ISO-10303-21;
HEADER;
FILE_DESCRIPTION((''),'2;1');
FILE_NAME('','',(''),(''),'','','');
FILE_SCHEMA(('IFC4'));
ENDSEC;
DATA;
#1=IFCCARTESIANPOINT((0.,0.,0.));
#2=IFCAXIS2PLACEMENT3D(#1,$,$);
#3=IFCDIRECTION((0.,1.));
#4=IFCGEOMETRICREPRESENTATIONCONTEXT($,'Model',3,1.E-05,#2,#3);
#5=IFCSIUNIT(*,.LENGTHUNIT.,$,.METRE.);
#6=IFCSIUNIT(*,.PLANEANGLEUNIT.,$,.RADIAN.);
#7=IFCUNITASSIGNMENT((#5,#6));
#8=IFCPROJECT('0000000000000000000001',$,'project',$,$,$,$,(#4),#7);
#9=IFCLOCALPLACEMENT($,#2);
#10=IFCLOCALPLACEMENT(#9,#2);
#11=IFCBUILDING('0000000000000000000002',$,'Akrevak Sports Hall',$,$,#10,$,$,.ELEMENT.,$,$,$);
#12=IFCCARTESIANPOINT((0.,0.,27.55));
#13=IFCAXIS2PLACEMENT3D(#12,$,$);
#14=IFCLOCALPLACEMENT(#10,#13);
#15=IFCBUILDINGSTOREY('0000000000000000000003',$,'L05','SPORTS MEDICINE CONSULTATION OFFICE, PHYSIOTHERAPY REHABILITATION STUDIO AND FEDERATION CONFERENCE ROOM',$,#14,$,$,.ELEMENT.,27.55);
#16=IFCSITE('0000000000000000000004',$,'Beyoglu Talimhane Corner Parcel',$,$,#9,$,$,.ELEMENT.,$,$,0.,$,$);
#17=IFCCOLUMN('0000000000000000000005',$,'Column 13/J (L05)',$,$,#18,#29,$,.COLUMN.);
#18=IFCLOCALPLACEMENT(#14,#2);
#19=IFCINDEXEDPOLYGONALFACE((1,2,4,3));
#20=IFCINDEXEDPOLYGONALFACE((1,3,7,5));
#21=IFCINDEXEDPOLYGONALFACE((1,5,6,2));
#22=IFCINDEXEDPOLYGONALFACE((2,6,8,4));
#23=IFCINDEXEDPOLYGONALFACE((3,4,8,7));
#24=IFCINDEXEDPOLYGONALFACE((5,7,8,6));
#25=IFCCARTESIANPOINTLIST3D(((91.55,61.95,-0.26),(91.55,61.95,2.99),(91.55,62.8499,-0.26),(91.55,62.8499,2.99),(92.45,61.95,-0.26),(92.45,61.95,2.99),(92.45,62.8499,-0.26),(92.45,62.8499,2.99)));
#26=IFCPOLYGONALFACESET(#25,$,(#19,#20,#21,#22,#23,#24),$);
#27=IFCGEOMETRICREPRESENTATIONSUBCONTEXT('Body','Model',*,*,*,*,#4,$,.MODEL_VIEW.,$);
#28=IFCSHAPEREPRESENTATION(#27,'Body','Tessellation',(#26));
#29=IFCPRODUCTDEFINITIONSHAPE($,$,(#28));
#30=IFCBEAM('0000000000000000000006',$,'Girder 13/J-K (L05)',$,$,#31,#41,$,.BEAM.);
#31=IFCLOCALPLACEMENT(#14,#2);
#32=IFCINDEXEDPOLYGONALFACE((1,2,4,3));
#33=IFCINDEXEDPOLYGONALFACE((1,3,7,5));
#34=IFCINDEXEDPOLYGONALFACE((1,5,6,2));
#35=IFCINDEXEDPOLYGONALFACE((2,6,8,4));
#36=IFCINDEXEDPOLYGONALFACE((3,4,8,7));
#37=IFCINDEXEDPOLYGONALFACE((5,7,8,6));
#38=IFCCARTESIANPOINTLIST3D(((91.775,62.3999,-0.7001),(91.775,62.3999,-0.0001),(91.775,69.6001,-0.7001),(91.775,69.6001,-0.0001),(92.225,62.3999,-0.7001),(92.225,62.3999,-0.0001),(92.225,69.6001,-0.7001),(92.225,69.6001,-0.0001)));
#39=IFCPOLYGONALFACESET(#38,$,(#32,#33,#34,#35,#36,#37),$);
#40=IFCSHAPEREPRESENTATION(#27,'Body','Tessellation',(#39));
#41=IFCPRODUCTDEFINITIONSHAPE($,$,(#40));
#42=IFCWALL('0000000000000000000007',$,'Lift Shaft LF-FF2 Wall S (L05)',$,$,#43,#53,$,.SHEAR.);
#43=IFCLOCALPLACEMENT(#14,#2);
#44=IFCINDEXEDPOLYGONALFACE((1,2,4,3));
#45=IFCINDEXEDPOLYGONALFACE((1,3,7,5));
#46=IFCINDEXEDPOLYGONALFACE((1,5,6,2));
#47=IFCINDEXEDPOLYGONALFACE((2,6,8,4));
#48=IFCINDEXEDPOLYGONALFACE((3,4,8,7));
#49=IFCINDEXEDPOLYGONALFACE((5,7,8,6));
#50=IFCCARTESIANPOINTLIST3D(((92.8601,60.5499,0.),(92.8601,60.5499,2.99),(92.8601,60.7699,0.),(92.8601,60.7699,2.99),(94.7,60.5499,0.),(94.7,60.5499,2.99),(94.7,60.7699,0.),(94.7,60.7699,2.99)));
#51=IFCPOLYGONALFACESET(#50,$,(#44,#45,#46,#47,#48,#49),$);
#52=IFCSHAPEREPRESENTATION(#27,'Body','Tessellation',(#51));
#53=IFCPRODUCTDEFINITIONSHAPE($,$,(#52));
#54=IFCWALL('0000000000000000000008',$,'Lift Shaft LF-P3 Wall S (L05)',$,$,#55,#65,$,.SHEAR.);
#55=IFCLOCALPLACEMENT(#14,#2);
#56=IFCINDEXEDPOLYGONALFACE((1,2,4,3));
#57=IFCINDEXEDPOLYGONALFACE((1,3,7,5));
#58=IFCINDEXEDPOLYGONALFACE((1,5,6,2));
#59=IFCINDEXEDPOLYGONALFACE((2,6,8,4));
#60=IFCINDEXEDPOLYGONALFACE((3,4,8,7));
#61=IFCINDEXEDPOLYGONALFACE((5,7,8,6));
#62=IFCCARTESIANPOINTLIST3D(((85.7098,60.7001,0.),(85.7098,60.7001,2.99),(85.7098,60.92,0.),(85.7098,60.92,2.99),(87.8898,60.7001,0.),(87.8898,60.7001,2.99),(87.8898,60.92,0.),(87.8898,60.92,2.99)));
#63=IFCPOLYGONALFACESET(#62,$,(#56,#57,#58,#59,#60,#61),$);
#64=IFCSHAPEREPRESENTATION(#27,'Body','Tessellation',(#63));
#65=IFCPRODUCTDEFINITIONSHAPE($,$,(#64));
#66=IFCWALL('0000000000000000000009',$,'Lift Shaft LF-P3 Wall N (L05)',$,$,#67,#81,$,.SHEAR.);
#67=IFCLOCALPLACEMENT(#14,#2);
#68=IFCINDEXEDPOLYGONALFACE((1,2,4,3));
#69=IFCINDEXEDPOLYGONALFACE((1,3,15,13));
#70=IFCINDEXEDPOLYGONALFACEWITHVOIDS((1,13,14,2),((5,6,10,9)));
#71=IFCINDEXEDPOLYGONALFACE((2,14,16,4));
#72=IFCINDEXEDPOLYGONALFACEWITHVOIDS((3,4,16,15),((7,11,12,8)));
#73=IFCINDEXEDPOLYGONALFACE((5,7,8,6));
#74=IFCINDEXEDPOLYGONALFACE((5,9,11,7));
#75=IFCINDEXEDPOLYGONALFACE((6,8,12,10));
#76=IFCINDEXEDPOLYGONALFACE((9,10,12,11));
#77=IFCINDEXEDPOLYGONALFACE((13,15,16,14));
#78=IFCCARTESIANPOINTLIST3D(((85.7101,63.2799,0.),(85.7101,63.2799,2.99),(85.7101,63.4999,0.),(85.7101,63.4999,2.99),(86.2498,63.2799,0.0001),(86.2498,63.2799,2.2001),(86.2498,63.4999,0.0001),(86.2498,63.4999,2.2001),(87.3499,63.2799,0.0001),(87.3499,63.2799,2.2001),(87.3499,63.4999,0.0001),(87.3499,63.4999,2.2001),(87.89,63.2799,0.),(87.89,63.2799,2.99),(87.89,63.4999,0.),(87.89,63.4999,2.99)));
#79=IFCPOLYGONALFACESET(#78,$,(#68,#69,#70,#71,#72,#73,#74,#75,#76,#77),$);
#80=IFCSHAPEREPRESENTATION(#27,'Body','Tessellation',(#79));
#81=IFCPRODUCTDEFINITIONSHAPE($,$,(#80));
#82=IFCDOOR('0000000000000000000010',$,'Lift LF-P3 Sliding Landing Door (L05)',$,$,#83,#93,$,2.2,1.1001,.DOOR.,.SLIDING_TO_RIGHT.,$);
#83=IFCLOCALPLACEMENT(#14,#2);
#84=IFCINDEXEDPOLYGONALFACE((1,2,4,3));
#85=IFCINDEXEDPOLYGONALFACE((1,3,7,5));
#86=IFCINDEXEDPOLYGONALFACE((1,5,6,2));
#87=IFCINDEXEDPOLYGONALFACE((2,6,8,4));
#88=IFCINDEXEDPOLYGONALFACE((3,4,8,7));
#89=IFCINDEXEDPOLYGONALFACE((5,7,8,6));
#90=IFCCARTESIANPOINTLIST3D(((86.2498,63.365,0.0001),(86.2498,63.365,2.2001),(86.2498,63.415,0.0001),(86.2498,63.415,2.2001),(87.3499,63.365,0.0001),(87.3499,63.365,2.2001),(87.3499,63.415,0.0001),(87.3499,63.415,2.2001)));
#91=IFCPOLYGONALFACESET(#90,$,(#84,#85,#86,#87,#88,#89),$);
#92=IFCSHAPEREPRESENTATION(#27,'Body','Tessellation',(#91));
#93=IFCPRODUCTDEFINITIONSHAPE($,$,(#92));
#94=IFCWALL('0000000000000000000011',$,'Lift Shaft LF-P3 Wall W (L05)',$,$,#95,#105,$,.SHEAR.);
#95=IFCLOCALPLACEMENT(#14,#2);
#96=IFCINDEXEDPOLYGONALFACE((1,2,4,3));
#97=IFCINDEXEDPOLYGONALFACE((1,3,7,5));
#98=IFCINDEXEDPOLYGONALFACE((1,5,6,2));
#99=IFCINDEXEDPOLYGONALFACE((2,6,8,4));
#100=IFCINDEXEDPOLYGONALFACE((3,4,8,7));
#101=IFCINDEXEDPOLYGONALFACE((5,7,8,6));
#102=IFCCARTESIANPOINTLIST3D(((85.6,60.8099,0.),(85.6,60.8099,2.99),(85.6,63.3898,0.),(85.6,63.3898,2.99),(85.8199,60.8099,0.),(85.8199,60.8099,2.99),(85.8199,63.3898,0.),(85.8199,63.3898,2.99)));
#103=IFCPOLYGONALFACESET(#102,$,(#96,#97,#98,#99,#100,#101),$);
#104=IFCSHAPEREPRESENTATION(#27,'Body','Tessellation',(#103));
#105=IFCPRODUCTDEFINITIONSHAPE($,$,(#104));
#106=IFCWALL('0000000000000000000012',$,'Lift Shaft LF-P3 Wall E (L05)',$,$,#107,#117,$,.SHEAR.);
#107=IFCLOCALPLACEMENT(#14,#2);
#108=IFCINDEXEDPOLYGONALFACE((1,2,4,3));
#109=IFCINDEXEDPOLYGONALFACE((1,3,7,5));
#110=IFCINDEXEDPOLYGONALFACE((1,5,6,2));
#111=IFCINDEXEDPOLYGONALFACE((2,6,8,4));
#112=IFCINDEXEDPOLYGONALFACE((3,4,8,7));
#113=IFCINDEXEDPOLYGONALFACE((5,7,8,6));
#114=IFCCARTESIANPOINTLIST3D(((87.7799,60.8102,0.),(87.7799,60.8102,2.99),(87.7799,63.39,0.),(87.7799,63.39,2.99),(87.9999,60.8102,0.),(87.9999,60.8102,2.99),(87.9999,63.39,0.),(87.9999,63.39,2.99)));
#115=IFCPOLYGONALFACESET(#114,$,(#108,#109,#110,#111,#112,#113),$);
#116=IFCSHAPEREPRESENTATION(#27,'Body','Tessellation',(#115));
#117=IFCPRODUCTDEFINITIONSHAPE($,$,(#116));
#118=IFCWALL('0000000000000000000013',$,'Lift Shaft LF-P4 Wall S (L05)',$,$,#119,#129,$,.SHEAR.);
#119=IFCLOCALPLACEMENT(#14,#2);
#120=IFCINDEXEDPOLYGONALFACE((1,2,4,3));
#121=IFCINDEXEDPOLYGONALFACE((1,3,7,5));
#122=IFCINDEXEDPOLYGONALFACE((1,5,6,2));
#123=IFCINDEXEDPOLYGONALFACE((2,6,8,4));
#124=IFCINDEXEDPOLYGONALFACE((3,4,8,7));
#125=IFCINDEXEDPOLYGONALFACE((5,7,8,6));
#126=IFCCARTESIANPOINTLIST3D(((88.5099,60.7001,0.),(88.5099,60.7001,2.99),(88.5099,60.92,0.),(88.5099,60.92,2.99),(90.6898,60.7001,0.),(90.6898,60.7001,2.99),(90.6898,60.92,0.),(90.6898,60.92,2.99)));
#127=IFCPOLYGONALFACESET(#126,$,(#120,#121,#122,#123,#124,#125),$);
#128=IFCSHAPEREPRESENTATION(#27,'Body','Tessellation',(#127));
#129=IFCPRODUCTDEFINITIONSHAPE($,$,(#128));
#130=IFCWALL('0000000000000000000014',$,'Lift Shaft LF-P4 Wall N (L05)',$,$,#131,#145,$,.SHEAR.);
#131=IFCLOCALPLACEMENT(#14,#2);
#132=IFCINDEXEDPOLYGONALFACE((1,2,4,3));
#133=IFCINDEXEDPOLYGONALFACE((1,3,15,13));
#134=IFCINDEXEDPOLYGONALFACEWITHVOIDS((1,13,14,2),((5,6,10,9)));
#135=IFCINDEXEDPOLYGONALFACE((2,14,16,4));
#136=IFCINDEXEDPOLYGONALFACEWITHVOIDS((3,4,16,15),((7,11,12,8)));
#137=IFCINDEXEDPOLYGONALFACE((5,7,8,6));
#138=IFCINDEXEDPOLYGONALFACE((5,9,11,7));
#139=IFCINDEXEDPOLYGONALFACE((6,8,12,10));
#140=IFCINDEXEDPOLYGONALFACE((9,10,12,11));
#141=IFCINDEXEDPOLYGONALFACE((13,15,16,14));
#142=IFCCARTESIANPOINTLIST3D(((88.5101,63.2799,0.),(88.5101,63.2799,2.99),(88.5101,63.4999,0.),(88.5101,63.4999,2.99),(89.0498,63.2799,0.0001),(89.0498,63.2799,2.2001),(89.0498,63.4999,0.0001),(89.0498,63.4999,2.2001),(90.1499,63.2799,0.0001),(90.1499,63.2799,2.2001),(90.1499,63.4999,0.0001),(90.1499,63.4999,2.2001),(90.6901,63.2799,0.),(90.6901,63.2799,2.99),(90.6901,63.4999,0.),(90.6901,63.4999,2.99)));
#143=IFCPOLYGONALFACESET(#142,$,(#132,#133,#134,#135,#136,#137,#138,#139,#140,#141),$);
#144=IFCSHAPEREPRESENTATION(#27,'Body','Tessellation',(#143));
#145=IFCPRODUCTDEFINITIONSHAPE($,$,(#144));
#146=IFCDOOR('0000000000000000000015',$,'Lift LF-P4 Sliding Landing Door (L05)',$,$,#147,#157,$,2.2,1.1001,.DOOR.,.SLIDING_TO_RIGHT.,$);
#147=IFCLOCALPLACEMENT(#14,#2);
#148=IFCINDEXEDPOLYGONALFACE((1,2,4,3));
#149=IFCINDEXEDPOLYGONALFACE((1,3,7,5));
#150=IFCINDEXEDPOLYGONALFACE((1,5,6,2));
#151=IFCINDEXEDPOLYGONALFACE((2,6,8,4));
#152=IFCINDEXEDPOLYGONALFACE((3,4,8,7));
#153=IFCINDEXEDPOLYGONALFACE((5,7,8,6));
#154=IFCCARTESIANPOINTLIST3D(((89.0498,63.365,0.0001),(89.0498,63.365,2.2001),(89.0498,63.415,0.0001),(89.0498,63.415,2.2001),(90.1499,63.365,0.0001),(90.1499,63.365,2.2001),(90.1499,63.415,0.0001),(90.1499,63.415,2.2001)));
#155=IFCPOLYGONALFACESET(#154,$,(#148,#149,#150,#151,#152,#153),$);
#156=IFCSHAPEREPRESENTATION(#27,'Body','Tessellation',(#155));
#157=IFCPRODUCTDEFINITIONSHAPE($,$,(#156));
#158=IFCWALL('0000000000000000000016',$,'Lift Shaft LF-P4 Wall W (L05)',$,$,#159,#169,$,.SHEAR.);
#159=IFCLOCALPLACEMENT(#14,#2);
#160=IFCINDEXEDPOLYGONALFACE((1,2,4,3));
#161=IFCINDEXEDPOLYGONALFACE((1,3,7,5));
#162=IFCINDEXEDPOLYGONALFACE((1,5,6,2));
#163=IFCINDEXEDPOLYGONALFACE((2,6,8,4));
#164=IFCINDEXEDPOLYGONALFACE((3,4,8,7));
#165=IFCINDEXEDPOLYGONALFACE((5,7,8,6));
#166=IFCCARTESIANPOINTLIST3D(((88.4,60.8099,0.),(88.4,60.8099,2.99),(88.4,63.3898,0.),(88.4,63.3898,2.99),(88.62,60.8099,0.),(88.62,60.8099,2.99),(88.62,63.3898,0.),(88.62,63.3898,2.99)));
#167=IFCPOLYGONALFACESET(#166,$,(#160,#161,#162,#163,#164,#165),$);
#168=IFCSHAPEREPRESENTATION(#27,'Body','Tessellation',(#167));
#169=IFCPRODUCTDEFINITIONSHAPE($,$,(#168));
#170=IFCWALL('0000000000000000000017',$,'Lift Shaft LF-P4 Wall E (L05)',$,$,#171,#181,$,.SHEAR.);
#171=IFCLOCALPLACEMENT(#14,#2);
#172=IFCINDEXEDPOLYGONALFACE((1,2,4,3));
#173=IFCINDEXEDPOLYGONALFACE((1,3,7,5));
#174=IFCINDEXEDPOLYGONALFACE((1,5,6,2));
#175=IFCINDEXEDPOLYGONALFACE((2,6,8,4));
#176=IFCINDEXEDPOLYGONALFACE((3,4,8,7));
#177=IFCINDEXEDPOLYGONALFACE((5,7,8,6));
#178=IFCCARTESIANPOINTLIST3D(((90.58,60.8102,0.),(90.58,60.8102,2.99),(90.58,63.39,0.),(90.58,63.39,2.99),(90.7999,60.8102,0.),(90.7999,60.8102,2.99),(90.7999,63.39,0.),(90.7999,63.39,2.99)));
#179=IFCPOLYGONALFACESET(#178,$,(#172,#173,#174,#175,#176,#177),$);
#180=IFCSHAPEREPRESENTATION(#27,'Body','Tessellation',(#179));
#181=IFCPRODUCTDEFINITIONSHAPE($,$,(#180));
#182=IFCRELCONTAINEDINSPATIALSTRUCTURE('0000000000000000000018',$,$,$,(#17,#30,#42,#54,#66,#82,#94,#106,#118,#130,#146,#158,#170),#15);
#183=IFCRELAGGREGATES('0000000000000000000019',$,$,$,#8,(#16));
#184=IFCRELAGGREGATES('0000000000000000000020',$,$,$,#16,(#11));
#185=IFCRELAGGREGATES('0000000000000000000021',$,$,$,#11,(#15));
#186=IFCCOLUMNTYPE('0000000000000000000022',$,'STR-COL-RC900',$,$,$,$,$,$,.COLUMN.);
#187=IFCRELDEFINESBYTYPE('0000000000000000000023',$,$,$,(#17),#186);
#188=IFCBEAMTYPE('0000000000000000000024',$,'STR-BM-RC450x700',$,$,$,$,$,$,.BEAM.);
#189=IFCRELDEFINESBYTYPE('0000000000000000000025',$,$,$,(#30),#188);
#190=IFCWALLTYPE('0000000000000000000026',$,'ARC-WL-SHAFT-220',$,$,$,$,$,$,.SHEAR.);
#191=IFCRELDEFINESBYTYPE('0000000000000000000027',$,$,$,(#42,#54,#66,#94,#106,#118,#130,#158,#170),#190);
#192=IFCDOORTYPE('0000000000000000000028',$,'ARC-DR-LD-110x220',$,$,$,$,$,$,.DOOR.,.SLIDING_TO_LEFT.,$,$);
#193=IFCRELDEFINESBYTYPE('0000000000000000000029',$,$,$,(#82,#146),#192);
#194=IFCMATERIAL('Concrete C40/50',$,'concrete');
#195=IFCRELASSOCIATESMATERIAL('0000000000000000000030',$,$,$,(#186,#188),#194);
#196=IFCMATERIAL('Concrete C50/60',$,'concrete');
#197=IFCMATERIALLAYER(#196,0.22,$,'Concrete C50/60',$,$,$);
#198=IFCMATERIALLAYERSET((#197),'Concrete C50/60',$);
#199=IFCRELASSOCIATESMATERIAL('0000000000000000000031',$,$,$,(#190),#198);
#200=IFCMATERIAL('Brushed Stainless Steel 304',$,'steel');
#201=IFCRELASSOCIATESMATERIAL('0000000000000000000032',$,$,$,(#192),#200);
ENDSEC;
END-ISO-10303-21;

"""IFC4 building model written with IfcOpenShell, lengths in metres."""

from ifc_helpers import new_model, si_unit, direction, frame, frame_2d, origin, origin_2d, place, context, subcontext, project, spatial, rectangle, extrude, material, layer, layer_set, material_profile, profile_set, type_object, element, fill, save


model = new_model("IFC4")

# Units and contexts
model_context = context("Model", 3, precision=1e-05, world=origin(), true_north=direction((0.0, 1.0)))
body_context = subcontext(model_context, "Body", "Model", "MODEL_VIEW")
ifc_project = project(units=[si_unit("LENGTHUNIT", "METRE"), si_unit("PLANEANGLEUNIT", "RADIAN")], contexts=[model_context])

# Site, building, storey
site_placement = place(None, origin())
site = spatial("IfcSite", under=ifc_project, at=site_placement, Name="Beyoglu Talimhane Corner Parcel", CompositionType="ELEMENT", RefElevation=0.0)
building_placement = place(site_placement, origin())
building = spatial("IfcBuilding", under=site, at=building_placement, Name="Akrevak Sports Hall", CompositionType="ELEMENT")
storey_placement = place(building_placement, frame((0.0, 0.0, 27.55)))
storey = spatial("IfcBuildingStorey", under=building, at=storey_placement, Name="L05", Description="SPORTS MEDICINE CONSULTATION OFFICE, PHYSIOTHERAPY REHABILITATION STUDIO AND FEDERATION CONFERENCE ROOM", CompositionType="ELEMENT", Elevation=27.55)

# Column
ifc_material_1 = material(Name="Concrete C40/50", Category="concrete")
ifc_material_profile_1 = material_profile(ifc_material_1, rectangle(XDim=0.8999, YDim=0.8999, at=origin_2d()), Name="RC 900x900", Category="concrete")
ifc_profile_set_1 = profile_set([ifc_material_profile_1], Name="Concrete C40/50")
column_type = type_object("IfcColumnType", Name="STR-COL-RC900", PredefinedType="COLUMN", material=ifc_profile_set_1)
column_placement = place(storey_placement, frame((92.0, 62.3999, -0.26), z_axis=(0.0, 0.0, 1.0), x_axis=(1.0, 0.0, 0.0)))
element("IfcColumn", 1, at=column_placement, inside=storey, type_object=column_type, Name="Column 13/J (L05)", PredefinedType="COLUMN", context=body_context, shape_type="SweptSolid", body=[
    extrude(rectangle(XDim=0.8999, YDim=0.8999, at=origin_2d()), origin(), (0.0, 0.0, 1.0), 3.25),
])

# Beam
ifc_material_profile_2 = material_profile(ifc_material_1, rectangle(XDim=0.45, YDim=0.7, at=origin_2d()), Name="BM 450x700", Category="concrete")
ifc_profile_set_2 = profile_set([ifc_material_profile_2], Name="Concrete C40/50")
beam_type = type_object("IfcBeamType", Name="STR-BM-RC450x700", PredefinedType="BEAM", material=ifc_profile_set_2)
beam_placement = place(storey_placement, frame((92.0, 62.3999, -0.3501), z_axis=(0.0, 1.0, 0.0), x_axis=(-1.0, 0.0, 0.0)))
element("IfcBeam", 2, at=beam_placement, inside=storey, type_object=beam_type, Name="Girder 13/J-K (L05)", PredefinedType="BEAM", context=body_context, shape_type="SweptSolid", body=[
    extrude(rectangle(XDim=0.45, YDim=0.7, at=origin_2d()), origin(), (0.0, 0.0, 1.0), 7.2002),
])

# Walls
ifc_material_2 = material(Name="Concrete C50/60", Category="concrete")
ifc_layer_1 = layer(ifc_material_2, 0.22, Name="Concrete C50/60")
ifc_layer_set_1 = layer_set([ifc_layer_1], Name="Concrete C50/60")
wall_type_1 = type_object("IfcWallType", Name="ARC-WL-SHAFT-220", PredefinedType="SHEAR", material=ifc_layer_set_1)
wall_1_placement = place(storey_placement, frame((92.8601, 60.6599, 0.0), z_axis=(0.0, 0.0, 1.0), x_axis=(1.0, 0.0, 0.0)))
element("IfcWall", 3, at=wall_1_placement, inside=storey, type_object=wall_type_1, Name="Lift Shaft LF-FF2 Wall S (L05)", PredefinedType="SHEAR", context=body_context, shape_type="SweptSolid", body=[
    extrude(rectangle(XDim=1.8398, YDim=0.22, at=frame_2d((0.9199, 0.0))), origin(), (0.0, 0.0, 1.0), 2.99),
])
wall_2_placement = place(storey_placement, frame((85.71, 60.8101, 0.0), z_axis=(0.0, 0.0, 1.0), x_axis=(1.0, 0.0, 0.0)))
element("IfcWall", 4, at=wall_2_placement, inside=storey, type_object=wall_type_1, Name="Lift Shaft LF-P3 Wall S (L05)", PredefinedType="SHEAR", context=body_context, shape_type="SweptSolid", body=[
    extrude(rectangle(XDim=2.1799, YDim=0.22, at=frame_2d((1.0898, 0.0))), origin(), (0.0, 0.0, 1.0), 2.99),
])

# Wall, opening, door
wall_3_placement = place(storey_placement, frame((87.8899, 63.3899, 0.0), z_axis=(0.0, 0.0, 1.0), x_axis=(-1.0, 0.0, 0.0)))
wall_3 = element("IfcWall", 5, at=wall_3_placement, inside=storey, type_object=wall_type_1, Name="Lift Shaft LF-P3 Wall N (L05)", PredefinedType="SHEAR", context=body_context, shape_type="SweptSolid", body=[
    extrude(rectangle(XDim=2.1799, YDim=0.22, at=frame_2d((1.0898, 0.0))), origin(), (0.0, 0.0, 1.0), 2.99),
])
opening_1_placement = place(wall_3_placement, frame((0.54, 0.0, 0.0)))
opening_1 = element("IfcOpeningElement", 6, at=opening_1_placement, cuts=wall_3, PredefinedType="OPENING", context=body_context, shape_type="SweptSolid", body=[
    extrude(rectangle(XDim=1.1001, YDim=2.2, at=frame_2d((0.55, 1.1001))), frame((0.0, 0.1221, 0.0), z_axis=(0.0, -1.0, 0.0), x_axis=(1.0, 0.0, 0.0)), (0.0, 0.0, 1.0), 0.2439),
])
ifc_material_3 = material(Name="Brushed Stainless Steel 304", Category="steel")
door_type = type_object("IfcDoorType", Name="ARC-DR-LD-110x220", OperationType="SLIDING_TO_LEFT", PredefinedType="DOOR", material=ifc_material_3)
door_1_placement = place(opening_1_placement, origin())
door_1 = element("IfcDoor", 7, at=door_1_placement, inside=storey, type_object=door_type, Name="Lift LF-P3 Sliding Landing Door (L05)", OperationType="SLIDING_TO_RIGHT", OverallHeight=2.2, OverallWidth=1.1001, PredefinedType="DOOR", context=body_context, shape_type="SweptSolid", body=[
    extrude(rectangle(XDim=1.1001, YDim=2.2, at=frame_2d((0.55, 1.1001))), frame((0.0, 0.0249, 0.0), z_axis=(0.0, -1.0, 0.0), x_axis=(1.0, 0.0, 0.0)), (0.0, 0.0, 1.0), 0.05),
])
fill(opening_1, door_1)

# Walls
for number, where, z_axis, x_axis, name in (
    (8, (85.71, 63.3899, 0.0), (0.0, 0.0, 1.0), (0.0, -1.0, 0.0), "Lift Shaft LF-P3 Wall W (L05)"),
    (9, (87.8899, 60.8101, 0.0), (0.0, 0.0, 1.0), (0.0, 1.0, 0.0), "Lift Shaft LF-P3 Wall E (L05)"),
):
    element("IfcWall", number, at=place(storey_placement, frame(where, z_axis=z_axis, x_axis=x_axis)), inside=storey, type_object=wall_type_1, Name=name, PredefinedType="SHEAR", context=body_context, shape_type="SweptSolid", body=[
        extrude(rectangle(XDim=2.5798, YDim=0.22, at=frame_2d((1.29, 0.0))), origin(), (0.0, 0.0, 1.0), 2.99),
    ])
wall_4_placement = place(storey_placement, frame((88.51, 60.8101, 0.0), z_axis=(0.0, 0.0, 1.0), x_axis=(1.0, 0.0, 0.0)))
element("IfcWall", 10, at=wall_4_placement, inside=storey, type_object=wall_type_1, Name="Lift Shaft LF-P4 Wall S (L05)", PredefinedType="SHEAR", context=body_context, shape_type="SweptSolid", body=[
    extrude(rectangle(XDim=2.1799, YDim=0.22, at=frame_2d((1.0898, 0.0))), origin(), (0.0, 0.0, 1.0), 2.99),
])

# Wall, opening, door
wall_5_placement = place(storey_placement, frame((90.6899, 63.3899, 0.0), z_axis=(0.0, 0.0, 1.0), x_axis=(-1.0, 0.0, 0.0)))
wall_5 = element("IfcWall", 11, at=wall_5_placement, inside=storey, type_object=wall_type_1, Name="Lift Shaft LF-P4 Wall N (L05)", PredefinedType="SHEAR", context=body_context, shape_type="SweptSolid", body=[
    extrude(rectangle(XDim=2.1799, YDim=0.22, at=frame_2d((1.0898, 0.0))), origin(), (0.0, 0.0, 1.0), 2.99),
])
opening_2_placement = place(wall_5_placement, frame((0.54, 0.0, 0.0)))
opening_2 = element("IfcOpeningElement", 12, at=opening_2_placement, cuts=wall_5, PredefinedType="OPENING", context=body_context, shape_type="SweptSolid", body=[
    extrude(rectangle(XDim=1.1001, YDim=2.2, at=frame_2d((0.55, 1.1001))), frame((0.0, 0.1221, 0.0), z_axis=(0.0, -1.0, 0.0), x_axis=(1.0, 0.0, 0.0)), (0.0, 0.0, 1.0), 0.2439),
])
door_2_placement = place(opening_2_placement, origin())
door_2 = element("IfcDoor", 13, at=door_2_placement, inside=storey, type_object=door_type, Name="Lift LF-P4 Sliding Landing Door (L05)", OperationType="SLIDING_TO_RIGHT", OverallHeight=2.2, OverallWidth=1.1001, PredefinedType="DOOR", context=body_context, shape_type="SweptSolid", body=[
    extrude(rectangle(XDim=1.1001, YDim=2.2, at=frame_2d((0.55, 1.1001))), frame((0.0, 0.0249, 0.0), z_axis=(0.0, -1.0, 0.0), x_axis=(1.0, 0.0, 0.0)), (0.0, 0.0, 1.0), 0.05),
])
fill(opening_2, door_2)

# Walls
for number, where, z_axis, x_axis, name in (
    (14, (88.51, 63.3899, 0.0), (0.0, 0.0, 1.0), (0.0, -1.0, 0.0), "Lift Shaft LF-P4 Wall W (L05)"),
    (15, (90.6899, 60.8101, 0.0), (0.0, 0.0, 1.0), (0.0, 1.0, 0.0), "Lift Shaft LF-P4 Wall E (L05)"),
):
    element("IfcWall", number, at=place(storey_placement, frame(where, z_axis=z_axis, x_axis=x_axis)), inside=storey, type_object=wall_type_1, Name=name, PredefinedType="SHEAR", context=body_context, shape_type="SweptSolid", body=[
        extrude(rectangle(XDim=2.5798, YDim=0.22, at=frame_2d((1.29, 0.0))), origin(), (0.0, 0.0, 1.0), 2.99),
    ])

save(model, "model.ifc")
